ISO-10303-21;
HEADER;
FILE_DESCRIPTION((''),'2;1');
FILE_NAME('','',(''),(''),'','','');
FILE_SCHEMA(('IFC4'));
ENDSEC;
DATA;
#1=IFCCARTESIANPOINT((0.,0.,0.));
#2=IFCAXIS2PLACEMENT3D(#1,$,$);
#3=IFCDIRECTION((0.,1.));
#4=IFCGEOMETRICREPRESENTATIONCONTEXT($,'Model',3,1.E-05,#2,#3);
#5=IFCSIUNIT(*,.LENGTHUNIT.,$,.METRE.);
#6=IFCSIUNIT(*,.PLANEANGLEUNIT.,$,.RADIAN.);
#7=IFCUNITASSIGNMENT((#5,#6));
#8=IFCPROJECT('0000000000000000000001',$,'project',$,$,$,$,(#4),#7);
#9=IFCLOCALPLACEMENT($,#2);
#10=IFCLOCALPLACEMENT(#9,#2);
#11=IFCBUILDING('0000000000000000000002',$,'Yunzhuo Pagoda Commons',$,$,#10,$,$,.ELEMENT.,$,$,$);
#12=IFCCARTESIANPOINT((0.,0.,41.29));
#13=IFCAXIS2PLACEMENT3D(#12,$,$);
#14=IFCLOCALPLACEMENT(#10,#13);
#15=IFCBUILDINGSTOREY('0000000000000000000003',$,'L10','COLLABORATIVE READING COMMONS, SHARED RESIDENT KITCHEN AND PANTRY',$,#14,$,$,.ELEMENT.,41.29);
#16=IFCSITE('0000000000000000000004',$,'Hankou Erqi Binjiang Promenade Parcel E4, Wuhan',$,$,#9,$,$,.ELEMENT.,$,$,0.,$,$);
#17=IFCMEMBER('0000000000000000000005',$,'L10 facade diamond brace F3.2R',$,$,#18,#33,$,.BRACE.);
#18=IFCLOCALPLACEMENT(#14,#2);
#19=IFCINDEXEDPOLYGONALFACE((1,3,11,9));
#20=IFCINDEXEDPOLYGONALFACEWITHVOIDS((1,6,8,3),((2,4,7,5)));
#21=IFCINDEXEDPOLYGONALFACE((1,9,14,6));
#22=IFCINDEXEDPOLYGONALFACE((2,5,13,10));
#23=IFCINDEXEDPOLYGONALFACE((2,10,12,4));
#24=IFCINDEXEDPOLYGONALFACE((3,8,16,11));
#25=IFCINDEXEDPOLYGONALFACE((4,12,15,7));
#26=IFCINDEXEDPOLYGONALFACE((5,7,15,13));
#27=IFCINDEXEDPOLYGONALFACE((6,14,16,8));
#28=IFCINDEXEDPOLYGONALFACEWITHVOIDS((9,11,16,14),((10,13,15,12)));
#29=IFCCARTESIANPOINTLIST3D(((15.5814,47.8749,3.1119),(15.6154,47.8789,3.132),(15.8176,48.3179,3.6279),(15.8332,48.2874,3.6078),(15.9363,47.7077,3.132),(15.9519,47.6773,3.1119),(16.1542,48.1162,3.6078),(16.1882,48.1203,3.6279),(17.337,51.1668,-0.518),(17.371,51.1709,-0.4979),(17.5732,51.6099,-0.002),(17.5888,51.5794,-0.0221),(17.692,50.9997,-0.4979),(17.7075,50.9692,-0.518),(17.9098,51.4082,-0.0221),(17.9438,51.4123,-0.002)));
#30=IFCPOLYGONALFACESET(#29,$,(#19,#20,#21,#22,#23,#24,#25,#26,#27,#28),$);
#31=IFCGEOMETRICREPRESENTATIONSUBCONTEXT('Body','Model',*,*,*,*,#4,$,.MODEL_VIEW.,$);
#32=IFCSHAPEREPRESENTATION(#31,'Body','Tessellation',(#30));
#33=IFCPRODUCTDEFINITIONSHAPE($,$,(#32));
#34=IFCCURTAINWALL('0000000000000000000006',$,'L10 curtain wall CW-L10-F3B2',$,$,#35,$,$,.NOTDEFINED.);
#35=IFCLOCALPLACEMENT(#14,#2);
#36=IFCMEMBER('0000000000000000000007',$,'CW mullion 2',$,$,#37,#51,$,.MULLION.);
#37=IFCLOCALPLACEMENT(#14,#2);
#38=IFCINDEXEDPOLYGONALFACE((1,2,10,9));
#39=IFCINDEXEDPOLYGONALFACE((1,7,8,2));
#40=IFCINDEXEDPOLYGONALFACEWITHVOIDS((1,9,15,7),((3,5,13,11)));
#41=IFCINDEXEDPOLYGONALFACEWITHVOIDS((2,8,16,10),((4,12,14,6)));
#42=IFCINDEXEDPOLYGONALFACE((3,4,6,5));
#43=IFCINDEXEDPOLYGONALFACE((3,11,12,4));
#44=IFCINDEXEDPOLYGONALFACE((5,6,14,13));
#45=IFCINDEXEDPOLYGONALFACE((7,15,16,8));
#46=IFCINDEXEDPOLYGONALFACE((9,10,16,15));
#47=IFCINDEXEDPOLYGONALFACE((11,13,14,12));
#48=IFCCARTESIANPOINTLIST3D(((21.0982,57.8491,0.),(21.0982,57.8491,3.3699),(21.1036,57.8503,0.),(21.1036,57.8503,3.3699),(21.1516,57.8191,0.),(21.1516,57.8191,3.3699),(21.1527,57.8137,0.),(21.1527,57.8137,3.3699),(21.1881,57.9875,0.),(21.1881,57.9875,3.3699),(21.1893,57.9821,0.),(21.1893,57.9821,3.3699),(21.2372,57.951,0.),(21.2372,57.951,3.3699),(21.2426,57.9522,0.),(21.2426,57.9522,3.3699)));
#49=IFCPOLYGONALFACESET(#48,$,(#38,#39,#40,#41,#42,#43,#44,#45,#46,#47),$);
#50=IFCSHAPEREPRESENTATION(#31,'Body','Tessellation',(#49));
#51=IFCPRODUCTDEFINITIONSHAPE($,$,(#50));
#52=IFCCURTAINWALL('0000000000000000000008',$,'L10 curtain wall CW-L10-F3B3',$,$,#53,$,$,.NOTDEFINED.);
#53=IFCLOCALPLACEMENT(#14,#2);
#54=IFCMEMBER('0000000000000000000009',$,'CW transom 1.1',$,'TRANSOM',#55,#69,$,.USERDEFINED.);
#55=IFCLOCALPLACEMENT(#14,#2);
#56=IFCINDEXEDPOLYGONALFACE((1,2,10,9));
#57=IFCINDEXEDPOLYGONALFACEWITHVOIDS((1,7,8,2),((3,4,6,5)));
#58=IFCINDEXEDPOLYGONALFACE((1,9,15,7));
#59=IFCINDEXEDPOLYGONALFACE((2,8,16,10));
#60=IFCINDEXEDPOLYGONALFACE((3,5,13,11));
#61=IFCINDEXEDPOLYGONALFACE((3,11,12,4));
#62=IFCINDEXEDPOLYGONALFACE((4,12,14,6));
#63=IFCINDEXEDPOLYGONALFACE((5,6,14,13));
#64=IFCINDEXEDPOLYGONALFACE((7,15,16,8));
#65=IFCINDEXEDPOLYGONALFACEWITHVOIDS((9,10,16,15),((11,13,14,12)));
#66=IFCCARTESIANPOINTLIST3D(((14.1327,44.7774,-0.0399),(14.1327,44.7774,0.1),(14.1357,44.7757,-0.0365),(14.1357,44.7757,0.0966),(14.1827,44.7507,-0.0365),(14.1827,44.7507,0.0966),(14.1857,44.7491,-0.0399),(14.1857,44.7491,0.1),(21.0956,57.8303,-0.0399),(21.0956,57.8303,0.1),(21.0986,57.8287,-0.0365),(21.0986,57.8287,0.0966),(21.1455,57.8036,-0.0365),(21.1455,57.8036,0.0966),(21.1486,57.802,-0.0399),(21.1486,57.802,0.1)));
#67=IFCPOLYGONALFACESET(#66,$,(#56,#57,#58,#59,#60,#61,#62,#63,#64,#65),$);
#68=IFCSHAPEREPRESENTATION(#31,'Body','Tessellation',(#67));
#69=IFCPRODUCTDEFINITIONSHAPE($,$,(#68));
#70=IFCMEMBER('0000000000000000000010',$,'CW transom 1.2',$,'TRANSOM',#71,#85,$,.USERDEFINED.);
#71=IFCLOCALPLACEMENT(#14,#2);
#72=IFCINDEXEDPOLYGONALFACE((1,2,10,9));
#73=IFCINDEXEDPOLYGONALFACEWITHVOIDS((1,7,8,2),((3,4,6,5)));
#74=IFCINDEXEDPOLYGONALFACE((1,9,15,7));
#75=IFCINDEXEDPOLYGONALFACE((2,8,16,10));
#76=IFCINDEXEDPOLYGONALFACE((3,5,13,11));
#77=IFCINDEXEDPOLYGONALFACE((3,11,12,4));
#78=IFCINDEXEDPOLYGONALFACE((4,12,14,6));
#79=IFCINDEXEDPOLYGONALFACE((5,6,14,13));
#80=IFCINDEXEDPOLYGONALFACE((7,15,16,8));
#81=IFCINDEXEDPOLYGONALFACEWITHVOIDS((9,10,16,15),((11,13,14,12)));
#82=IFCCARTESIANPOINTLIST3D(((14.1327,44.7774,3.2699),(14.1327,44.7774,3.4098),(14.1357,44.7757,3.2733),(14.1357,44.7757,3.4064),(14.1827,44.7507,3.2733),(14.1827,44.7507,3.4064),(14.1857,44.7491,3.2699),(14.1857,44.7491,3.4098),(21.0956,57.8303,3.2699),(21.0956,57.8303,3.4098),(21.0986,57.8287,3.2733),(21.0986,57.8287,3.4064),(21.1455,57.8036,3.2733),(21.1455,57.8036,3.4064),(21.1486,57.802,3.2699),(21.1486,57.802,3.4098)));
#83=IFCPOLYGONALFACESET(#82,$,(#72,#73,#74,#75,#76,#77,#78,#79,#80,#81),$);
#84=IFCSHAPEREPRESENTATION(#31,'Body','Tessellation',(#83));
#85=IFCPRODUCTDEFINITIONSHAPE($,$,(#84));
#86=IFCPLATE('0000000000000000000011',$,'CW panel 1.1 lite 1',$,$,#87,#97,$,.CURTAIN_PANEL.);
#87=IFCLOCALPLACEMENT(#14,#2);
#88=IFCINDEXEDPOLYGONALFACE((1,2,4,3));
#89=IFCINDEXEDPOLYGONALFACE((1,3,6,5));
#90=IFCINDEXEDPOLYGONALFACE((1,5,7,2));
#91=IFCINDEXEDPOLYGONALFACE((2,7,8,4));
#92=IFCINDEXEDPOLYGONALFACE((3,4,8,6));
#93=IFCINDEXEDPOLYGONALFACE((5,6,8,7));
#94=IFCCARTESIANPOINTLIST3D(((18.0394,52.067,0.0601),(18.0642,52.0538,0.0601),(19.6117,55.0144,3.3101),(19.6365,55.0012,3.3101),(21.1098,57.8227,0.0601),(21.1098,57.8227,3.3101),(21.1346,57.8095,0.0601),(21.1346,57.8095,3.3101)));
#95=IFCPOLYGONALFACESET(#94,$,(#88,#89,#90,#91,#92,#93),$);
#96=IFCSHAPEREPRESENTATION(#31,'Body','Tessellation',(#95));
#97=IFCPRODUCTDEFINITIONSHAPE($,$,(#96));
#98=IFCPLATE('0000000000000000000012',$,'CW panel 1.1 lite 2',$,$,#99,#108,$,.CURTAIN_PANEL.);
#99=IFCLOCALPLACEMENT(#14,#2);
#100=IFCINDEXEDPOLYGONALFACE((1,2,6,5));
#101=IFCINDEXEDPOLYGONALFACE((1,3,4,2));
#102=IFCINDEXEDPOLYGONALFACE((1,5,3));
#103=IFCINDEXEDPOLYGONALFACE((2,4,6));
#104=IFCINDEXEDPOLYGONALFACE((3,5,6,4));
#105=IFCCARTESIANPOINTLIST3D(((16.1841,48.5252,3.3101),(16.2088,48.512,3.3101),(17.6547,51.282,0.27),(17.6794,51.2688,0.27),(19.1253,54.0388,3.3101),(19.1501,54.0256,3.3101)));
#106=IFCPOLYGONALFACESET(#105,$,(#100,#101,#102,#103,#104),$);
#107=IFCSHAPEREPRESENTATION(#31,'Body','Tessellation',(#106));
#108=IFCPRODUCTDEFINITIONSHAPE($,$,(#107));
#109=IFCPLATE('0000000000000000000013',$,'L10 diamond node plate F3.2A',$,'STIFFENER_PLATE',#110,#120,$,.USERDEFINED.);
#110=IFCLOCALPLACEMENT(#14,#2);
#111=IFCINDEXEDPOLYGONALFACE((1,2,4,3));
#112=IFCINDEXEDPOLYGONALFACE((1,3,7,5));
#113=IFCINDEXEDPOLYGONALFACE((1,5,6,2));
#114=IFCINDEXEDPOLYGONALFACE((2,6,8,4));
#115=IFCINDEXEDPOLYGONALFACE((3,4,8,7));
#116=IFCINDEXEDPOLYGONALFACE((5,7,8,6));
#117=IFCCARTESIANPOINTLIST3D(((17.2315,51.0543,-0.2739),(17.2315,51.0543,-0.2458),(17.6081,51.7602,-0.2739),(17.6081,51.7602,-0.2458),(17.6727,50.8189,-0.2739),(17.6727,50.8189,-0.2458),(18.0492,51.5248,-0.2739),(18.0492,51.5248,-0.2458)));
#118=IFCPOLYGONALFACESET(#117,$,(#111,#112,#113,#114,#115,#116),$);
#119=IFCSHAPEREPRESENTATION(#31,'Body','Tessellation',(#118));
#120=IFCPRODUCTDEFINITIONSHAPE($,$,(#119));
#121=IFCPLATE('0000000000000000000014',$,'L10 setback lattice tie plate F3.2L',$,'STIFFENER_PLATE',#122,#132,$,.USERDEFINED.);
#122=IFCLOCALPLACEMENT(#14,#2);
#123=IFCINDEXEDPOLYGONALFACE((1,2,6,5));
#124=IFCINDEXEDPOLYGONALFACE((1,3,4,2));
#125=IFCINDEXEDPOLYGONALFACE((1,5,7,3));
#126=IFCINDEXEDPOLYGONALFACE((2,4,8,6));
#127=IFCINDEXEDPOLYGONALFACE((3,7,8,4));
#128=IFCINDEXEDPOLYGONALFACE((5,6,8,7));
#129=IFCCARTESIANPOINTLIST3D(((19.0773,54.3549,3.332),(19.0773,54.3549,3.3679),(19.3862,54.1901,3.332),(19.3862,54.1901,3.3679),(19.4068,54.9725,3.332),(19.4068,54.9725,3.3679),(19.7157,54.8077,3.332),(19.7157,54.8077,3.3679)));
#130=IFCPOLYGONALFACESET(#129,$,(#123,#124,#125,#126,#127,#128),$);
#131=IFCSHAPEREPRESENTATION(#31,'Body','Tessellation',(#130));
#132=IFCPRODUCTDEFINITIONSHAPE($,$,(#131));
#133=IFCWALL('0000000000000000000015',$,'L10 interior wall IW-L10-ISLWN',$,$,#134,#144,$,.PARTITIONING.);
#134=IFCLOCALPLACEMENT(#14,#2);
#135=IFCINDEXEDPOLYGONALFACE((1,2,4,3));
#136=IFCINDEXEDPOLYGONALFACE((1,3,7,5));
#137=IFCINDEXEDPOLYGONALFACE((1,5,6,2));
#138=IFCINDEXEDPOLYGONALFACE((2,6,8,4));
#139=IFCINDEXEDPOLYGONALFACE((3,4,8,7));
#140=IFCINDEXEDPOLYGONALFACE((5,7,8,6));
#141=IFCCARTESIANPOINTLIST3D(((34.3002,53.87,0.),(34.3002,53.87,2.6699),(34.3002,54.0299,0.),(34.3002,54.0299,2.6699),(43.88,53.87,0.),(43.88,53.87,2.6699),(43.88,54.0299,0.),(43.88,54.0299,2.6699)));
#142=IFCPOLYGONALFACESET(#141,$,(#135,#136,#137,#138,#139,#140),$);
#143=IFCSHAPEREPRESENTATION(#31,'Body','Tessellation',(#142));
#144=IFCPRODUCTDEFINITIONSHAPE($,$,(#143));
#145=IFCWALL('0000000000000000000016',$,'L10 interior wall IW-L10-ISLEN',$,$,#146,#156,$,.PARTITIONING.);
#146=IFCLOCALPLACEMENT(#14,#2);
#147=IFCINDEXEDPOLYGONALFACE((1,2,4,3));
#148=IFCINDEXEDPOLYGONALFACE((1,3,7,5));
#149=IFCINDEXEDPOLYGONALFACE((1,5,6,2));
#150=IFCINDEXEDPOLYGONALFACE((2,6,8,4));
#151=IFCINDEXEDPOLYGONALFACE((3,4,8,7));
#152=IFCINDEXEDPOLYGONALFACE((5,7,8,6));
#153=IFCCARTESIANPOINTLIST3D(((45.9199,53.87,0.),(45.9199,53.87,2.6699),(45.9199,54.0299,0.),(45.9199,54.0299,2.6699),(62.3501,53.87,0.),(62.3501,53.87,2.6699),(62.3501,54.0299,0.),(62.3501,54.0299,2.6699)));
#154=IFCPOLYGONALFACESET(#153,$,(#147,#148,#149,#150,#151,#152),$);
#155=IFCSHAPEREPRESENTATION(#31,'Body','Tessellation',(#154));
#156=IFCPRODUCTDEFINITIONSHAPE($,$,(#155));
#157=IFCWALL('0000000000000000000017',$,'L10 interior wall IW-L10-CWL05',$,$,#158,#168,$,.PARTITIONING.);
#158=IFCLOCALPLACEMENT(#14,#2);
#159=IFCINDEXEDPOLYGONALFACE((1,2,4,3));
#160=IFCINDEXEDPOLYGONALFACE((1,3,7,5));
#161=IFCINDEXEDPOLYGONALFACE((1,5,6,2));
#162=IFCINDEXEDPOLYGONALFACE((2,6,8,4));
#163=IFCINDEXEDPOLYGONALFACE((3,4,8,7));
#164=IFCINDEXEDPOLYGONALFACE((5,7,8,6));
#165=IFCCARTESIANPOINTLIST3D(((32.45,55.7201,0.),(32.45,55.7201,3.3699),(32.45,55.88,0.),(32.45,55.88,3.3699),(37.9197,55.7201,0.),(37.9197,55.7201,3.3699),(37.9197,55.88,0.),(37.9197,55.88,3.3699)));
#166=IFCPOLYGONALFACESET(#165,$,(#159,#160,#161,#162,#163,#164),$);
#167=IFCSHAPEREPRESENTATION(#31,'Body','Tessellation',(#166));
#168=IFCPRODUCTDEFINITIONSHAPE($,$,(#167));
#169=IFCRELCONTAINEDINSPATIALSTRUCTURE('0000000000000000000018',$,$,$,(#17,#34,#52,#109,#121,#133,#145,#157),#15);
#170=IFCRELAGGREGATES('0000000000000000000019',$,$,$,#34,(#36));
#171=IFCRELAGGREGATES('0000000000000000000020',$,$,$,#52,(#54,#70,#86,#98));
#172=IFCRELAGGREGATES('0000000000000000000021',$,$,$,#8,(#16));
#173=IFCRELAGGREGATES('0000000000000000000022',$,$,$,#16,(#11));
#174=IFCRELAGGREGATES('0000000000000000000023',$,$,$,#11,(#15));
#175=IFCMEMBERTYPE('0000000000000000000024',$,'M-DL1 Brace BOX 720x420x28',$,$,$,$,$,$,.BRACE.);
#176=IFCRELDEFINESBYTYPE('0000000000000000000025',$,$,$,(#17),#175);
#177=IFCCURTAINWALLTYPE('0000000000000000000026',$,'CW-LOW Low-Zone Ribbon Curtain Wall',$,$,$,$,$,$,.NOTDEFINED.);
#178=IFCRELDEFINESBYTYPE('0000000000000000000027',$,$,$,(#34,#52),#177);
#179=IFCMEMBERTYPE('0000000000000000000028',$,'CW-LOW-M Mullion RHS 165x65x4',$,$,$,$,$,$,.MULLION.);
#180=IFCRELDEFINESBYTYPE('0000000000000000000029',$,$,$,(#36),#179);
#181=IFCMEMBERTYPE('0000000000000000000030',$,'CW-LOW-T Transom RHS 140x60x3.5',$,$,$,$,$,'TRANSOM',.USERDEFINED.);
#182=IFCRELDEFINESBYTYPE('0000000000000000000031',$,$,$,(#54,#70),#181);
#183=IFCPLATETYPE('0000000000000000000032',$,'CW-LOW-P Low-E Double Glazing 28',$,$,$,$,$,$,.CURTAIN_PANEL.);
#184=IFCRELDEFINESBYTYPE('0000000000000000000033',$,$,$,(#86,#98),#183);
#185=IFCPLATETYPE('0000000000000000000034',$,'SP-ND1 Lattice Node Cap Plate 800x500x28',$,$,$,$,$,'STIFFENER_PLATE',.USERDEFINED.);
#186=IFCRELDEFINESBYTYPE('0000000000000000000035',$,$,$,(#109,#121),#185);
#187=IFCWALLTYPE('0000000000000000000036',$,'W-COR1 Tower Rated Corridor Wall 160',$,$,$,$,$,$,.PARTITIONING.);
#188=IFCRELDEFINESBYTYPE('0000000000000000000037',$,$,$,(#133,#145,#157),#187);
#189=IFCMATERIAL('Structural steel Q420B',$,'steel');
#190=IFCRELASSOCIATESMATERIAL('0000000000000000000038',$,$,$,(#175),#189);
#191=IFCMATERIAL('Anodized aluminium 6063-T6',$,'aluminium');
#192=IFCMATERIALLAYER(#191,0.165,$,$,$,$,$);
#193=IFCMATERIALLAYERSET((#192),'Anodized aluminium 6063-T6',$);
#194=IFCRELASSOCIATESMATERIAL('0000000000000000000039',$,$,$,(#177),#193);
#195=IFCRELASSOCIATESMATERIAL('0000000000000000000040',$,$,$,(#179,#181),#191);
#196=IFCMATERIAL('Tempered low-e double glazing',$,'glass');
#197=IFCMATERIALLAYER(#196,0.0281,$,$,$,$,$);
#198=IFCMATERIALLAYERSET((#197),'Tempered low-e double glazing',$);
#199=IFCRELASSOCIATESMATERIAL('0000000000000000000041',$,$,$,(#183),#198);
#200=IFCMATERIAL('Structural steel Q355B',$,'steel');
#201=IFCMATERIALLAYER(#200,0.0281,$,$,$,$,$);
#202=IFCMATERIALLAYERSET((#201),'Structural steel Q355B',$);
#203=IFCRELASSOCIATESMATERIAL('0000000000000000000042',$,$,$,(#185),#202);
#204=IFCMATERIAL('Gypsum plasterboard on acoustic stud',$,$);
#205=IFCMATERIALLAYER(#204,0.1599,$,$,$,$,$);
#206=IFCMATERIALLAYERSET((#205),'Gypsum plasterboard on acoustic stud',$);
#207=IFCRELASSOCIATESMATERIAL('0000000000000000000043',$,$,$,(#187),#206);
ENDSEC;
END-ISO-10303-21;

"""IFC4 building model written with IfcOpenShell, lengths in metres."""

from ifc_helpers import new_model, si_unit, direction, frame, frame_2d, origin, origin_2d, place, context, subcontext, project, spatial, polyline, rectangle, hollow_rectangle, outline, extrude, source, transform, mapped, material, layer, layer_set, material_profile, profile_set, type_object, element, aggregate, save


model = new_model("IFC4")

# Units and contexts
model_context = context("Model", 3, precision=1e-05, world=origin(), true_north=direction((0.0, 1.0)))
body_context = subcontext(model_context, "Body", "Model", "MODEL_VIEW")
ifc_project = project(units=[si_unit("LENGTHUNIT", "METRE"), si_unit("PLANEANGLEUNIT", "RADIAN")], contexts=[model_context])

# Site, building, storey
site_placement = place(None, origin())
site = spatial("IfcSite", under=ifc_project, at=site_placement, Name="Hankou Erqi Binjiang Promenade Parcel E4, Wuhan", CompositionType="ELEMENT", RefElevation=0.0)
building_placement = place(site_placement, origin())
building = spatial("IfcBuilding", under=site, at=building_placement, Name="Yunzhuo Pagoda Commons", CompositionType="ELEMENT")
storey_placement = place(building_placement, frame((0.0, 0.0, 41.29)))
storey = spatial("IfcBuildingStorey", under=building, at=storey_placement, Name="L10", Description="COLLABORATIVE READING COMMONS, SHARED RESIDENT KITCHEN AND PANTRY", CompositionType="ELEMENT", Elevation=41.29)

# Shared definitions
ifc_material_1 = material(Name="Structural steel Q420B", Category="steel")

# Shared definitions
ifc_material_2 = material(Name="Structural steel Q355B", Category="steel")

# Member
ifc_material_profile_1 = material_profile(ifc_material_1, hollow_rectangle(XDim=0.4199, YDim=0.72, WallThickness=0.0281, at=origin_2d()), Name="Structural steel Q420B")
ifc_profile_set_1 = profile_set([ifc_material_profile_1], Name="Structural steel Q420B")
member_type_1 = type_object("IfcMemberType", Name="M-DL1 Brace BOX 720x420x28", PredefinedType="BRACE", material=ifc_profile_set_1)
shared_shape_1 = source(origin(), body_context, "Body", "SweptSolid", [
    extrude(hollow_rectangle(XDim=0.4199, YDim=0.72, WallThickness=0.0281, at=origin_2d()), origin(), (0.0, 0.0, 1.0), 5.2053),
])
for number, where, z_axis, x_axis, name in (
    (1, (17.6404, 51.2896, -0.26), (-0.337273, -0.632427, 0.69734), (0.882366, -0.470564, 0.0), "L10 facade diamond brace F3.2R"),
):
    element("IfcMember", number, at=place(storey_placement, frame(where, z_axis=z_axis, x_axis=x_axis)), inside=storey, type_object=member_type_1, Name=name, PredefinedType="BRACE", context=body_context, shape_type="MappedRepresentation", body=[
        mapped(shared_shape_1, transform((0.0, 0.0, 0.0), scale=1.0)),
    ])

# Curtain wall, member
ifc_material_3 = material(Name="Anodized aluminium 6063-T6", Category="aluminium")
ifc_layer_1 = layer(ifc_material_3, 0.165)
ifc_layer_set_1 = layer_set([ifc_layer_1], Name="Anodized aluminium 6063-T6")
curtain_wall_type = type_object("IfcCurtainWallType", Name="CW-LOW Low-Zone Ribbon Curtain Wall", PredefinedType="NOTDEFINED", material=ifc_layer_set_1)
curtain_wall_1_placement = place(storey_placement, origin())
curtain_wall_1 = element("IfcCurtainWall", 2, at=curtain_wall_1_placement, inside=storey, type_object=curtain_wall_type, Name="L10 curtain wall CW-L10-F3B2", PredefinedType="NOTDEFINED")
ifc_material_profile_2 = material_profile(ifc_material_3, hollow_rectangle(XDim=0.0649, YDim=0.165, WallThickness=0.0039, at=origin_2d()), Name="Anodized aluminium 6063-T6")
ifc_profile_set_2 = profile_set([ifc_material_profile_2], Name="Anodized aluminium 6063-T6")
member_type_2 = type_object("IfcMemberType", Name="CW-LOW-M Mullion RHS 165x65x4", PredefinedType="MULLION", material=ifc_profile_set_2)
shared_shape_2 = source(origin(), body_context, "Body", "SweptSolid", [
    extrude(hollow_rectangle(XDim=0.0649, YDim=0.165, WallThickness=0.0039, at=origin_2d()), origin(), (0.0, 0.0, 1.0), 3.3699),
])
member_1_placement = place(storey_placement, frame((21.1704, 57.9006, 0.0), z_axis=(0.0, 0.0, 1.0), x_axis=(0.83871, -0.544579, 0.0)))
member_1 = element("IfcMember", 3, at=member_1_placement, type_object=member_type_2, Name="CW mullion 2", PredefinedType="MULLION", context=body_context, shape_type="MappedRepresentation", body=[
    mapped(shared_shape_2, transform((0.0, 0.0, 0.0), scale=1.0)),
])
aggregate(curtain_wall_1, [member_1])

# Curtain wall, members, plates
curtain_wall_2_placement = place(storey_placement, origin())
curtain_wall_2 = element("IfcCurtainWall", 4, at=curtain_wall_2_placement, inside=storey, type_object=curtain_wall_type, Name="L10 curtain wall CW-L10-F3B3", PredefinedType="NOTDEFINED")
ifc_material_profile_3 = material_profile(ifc_material_3, hollow_rectangle(XDim=0.0601, YDim=0.1399, WallThickness=0.0034, at=origin_2d()), Name="Anodized aluminium 6063-T6")
ifc_profile_set_3 = profile_set([ifc_material_profile_3], Name="Anodized aluminium 6063-T6")
member_type_3 = type_object("IfcMemberType", Name="CW-LOW-T Transom RHS 140x60x3.5", ElementType="TRANSOM", PredefinedType="USERDEFINED", material=ifc_profile_set_3)
shared_shape_3 = source(origin(), body_context, "Body", "SweptSolid", [
    extrude(hollow_rectangle(XDim=0.0601, YDim=0.1399, WallThickness=0.0034, at=origin_2d()), origin(), (0.0, 0.0, 1.0), 14.7939),
])
member_2_placement = place(storey_placement, frame((21.1221, 57.8162, 0.03), z_axis=(-0.470657, -0.882316, 0.0), x_axis=(0.882316, -0.470657, 0.0)))
member_2 = element("IfcMember", 5, at=member_2_placement, type_object=member_type_3, Name="CW transom 1.1", ObjectType="TRANSOM", PredefinedType="USERDEFINED", context=body_context, shape_type="MappedRepresentation", body=[
    mapped(shared_shape_3, transform((0.0, 0.0, 0.0), scale=1.0)),
])
member_3_placement = place(storey_placement, frame((21.1221, 57.8162, 3.3398), z_axis=(-0.470657, -0.882316, 0.0), x_axis=(0.882316, -0.470657, 0.0)))
member_3 = element("IfcMember", 6, at=member_3_placement, type_object=member_type_3, Name="CW transom 1.2", ObjectType="TRANSOM", PredefinedType="USERDEFINED", context=body_context, shape_type="MappedRepresentation", body=[
    mapped(shared_shape_3, transform((0.0, 0.0, 0.0), scale=1.0)),
])
ifc_material_4 = material(Name="Tempered low-e double glazing", Category="glass")
ifc_layer_2 = layer(ifc_material_4, 0.0281)
ifc_layer_set_2 = layer_set([ifc_layer_2], Name="Tempered low-e double glazing")
plate_type_1 = type_object("IfcPlateType", Name="CW-LOW-P Low-E Double Glazing 28", PredefinedType="CURTAIN_PANEL", material=ifc_layer_set_2)
plate_1_placement = place(storey_placement, frame((19.5994, 54.9316, 1.6851), z_axis=(-0.882309, 0.47067, 0.0), x_axis=(-0.47067, -0.882309, 0.0)))
plate_1 = element("IfcPlate", 7, at=plate_1_placement, type_object=plate_type_1, Name="CW panel 1.1 lite 1", PredefinedType="CURTAIN_PANEL", context=body_context, shape_type="SweptSolid", body=[
    extrude(outline(polyline([(-3.2617, -1.625), (3.2617, -1.625), (-0.0789, 1.625), (-3.2617, 1.625), (-3.2617, -1.625)])), origin(), (0.0, 0.0, 1.0), 0.0281),
])
plate_2_placement = place(storey_placement, frame((17.6794, 51.2688, 1.79), z_axis=(-0.882309, 0.47067, 0.0), x_axis=(-0.47067, -0.882309, 0.0)))
plate_2 = element("IfcPlate", 8, at=plate_2_placement, type_object=plate_type_1, Name="CW panel 1.1 lite 2", PredefinedType="CURTAIN_PANEL", context=body_context, shape_type="SweptSolid", body=[
    extrude(outline(polyline([(-3.1245, 1.52), (0.0, -1.52), (3.1245, 1.52), (-3.1245, 1.52)])), origin(), (0.0, 0.0, 1.0), 0.0281),
])
aggregate(curtain_wall_2, [member_2, member_3, plate_1, plate_2])

# Plates
ifc_layer_3 = layer(ifc_material_2, 0.0281)
ifc_layer_set_3 = layer_set([ifc_layer_3], Name="Structural steel Q355B")
plate_type_2 = type_object("IfcPlateType", Name="SP-ND1 Lattice Node Cap Plate 800x500x28", ElementType="STIFFENER_PLATE", PredefinedType="USERDEFINED", material=ifc_layer_set_3)
shared_shape_4 = source(origin(), body_context, "Body", "SweptSolid", [
    extrude(rectangle(XDim=0.8, YDim=0.5, at=origin_2d()), origin(), (0.0, 0.0, 1.0), 0.0281),
])
plate_3_placement = place(storey_placement, frame((17.6404, 51.2896, -0.2739), z_axis=(0.0, 0.0, 1.0), x_axis=(-0.470673, -0.882308, 0.0)))
element("IfcPlate", 9, at=plate_3_placement, inside=storey, type_object=plate_type_2, Name="L10 diamond node plate F3.2A", ObjectType="STIFFENER_PLATE", PredefinedType="USERDEFINED", context=body_context, shape_type="MappedRepresentation", body=[
    mapped(shared_shape_4, transform((0.0, 0.0, 0.0), scale=1.0)),
])
shared_shape_5 = source(origin(), body_context, "Body", "SweptSolid", [
    extrude(rectangle(XDim=0.7, YDim=0.3501, at=origin_2d()), origin(), (0.0, 0.0, 1.0), 0.0359),
])
plate_4_placement = place(storey_placement, frame((19.3965, 54.5813, 3.332), z_axis=(0.0, 0.0, 1.0), x_axis=(-0.470673, -0.882308, 0.0)))
element("IfcPlate", 10, at=plate_4_placement, inside=storey, type_object=plate_type_2, Name="L10 setback lattice tie plate F3.2L", ObjectType="STIFFENER_PLATE", PredefinedType="USERDEFINED", context=body_context, shape_type="MappedRepresentation", body=[
    mapped(shared_shape_5, transform((0.0, 0.0, 0.0), scale=1.0)),
])

# Walls
ifc_material_5 = material(Name="Gypsum plasterboard on acoustic stud")
ifc_layer_4 = layer(ifc_material_5, 0.1599)
ifc_layer_set_4 = layer_set([ifc_layer_4], Name="Gypsum plasterboard on acoustic stud")
wall_type_1 = type_object("IfcWallType", Name="W-COR1 Tower Rated Corridor Wall 160", PredefinedType="PARTITIONING", material=ifc_layer_set_4)
wall_1_placement = place(storey_placement, frame((34.3, 53.95, 0.0), z_axis=(0.0, 0.0, 1.0), x_axis=(1.0, 0.0, 0.0)))
element("IfcWall", 11, at=wall_1_placement, inside=storey, type_object=wall_type_1, Name="L10 interior wall IW-L10-ISLWN", PredefinedType="PARTITIONING", context=body_context, shape_type="SweptSolid", body=[
    extrude(rectangle(XDim=9.5798, YDim=0.1599, at=frame_2d((4.79, 0.0))), origin(), (0.0, 0.0, 1.0), 2.6699),
])
wall_2_placement = place(storey_placement, frame((45.9199, 53.95, 0.0), z_axis=(0.0, 0.0, 1.0), x_axis=(1.0, 0.0, 0.0)))
element("IfcWall", 12, at=wall_2_placement, inside=storey, type_object=wall_type_1, Name="L10 interior wall IW-L10-ISLEN", PredefinedType="PARTITIONING", context=body_context, shape_type="SweptSolid", body=[
    extrude(rectangle(XDim=16.4302, YDim=0.1599, at=frame_2d((8.2151, 0.0))), origin(), (0.0, 0.0, 1.0), 2.6699),
])
wall_3_placement = place(storey_placement, frame((32.45, 55.8, 0.0), z_axis=(0.0, 0.0, 1.0), x_axis=(1.0, 0.0, 0.0)))
element("IfcWall", 13, at=wall_3_placement, inside=storey, type_object=wall_type_1, Name="L10 interior wall IW-L10-CWL05", PredefinedType="PARTITIONING", context=body_context, shape_type="SweptSolid", body=[
    extrude(rectangle(XDim=5.4697, YDim=0.1599, at=frame_2d((2.7349, 0.0))), origin(), (0.0, 0.0, 1.0), 3.3699),
])

save(model, "model.ifc")
